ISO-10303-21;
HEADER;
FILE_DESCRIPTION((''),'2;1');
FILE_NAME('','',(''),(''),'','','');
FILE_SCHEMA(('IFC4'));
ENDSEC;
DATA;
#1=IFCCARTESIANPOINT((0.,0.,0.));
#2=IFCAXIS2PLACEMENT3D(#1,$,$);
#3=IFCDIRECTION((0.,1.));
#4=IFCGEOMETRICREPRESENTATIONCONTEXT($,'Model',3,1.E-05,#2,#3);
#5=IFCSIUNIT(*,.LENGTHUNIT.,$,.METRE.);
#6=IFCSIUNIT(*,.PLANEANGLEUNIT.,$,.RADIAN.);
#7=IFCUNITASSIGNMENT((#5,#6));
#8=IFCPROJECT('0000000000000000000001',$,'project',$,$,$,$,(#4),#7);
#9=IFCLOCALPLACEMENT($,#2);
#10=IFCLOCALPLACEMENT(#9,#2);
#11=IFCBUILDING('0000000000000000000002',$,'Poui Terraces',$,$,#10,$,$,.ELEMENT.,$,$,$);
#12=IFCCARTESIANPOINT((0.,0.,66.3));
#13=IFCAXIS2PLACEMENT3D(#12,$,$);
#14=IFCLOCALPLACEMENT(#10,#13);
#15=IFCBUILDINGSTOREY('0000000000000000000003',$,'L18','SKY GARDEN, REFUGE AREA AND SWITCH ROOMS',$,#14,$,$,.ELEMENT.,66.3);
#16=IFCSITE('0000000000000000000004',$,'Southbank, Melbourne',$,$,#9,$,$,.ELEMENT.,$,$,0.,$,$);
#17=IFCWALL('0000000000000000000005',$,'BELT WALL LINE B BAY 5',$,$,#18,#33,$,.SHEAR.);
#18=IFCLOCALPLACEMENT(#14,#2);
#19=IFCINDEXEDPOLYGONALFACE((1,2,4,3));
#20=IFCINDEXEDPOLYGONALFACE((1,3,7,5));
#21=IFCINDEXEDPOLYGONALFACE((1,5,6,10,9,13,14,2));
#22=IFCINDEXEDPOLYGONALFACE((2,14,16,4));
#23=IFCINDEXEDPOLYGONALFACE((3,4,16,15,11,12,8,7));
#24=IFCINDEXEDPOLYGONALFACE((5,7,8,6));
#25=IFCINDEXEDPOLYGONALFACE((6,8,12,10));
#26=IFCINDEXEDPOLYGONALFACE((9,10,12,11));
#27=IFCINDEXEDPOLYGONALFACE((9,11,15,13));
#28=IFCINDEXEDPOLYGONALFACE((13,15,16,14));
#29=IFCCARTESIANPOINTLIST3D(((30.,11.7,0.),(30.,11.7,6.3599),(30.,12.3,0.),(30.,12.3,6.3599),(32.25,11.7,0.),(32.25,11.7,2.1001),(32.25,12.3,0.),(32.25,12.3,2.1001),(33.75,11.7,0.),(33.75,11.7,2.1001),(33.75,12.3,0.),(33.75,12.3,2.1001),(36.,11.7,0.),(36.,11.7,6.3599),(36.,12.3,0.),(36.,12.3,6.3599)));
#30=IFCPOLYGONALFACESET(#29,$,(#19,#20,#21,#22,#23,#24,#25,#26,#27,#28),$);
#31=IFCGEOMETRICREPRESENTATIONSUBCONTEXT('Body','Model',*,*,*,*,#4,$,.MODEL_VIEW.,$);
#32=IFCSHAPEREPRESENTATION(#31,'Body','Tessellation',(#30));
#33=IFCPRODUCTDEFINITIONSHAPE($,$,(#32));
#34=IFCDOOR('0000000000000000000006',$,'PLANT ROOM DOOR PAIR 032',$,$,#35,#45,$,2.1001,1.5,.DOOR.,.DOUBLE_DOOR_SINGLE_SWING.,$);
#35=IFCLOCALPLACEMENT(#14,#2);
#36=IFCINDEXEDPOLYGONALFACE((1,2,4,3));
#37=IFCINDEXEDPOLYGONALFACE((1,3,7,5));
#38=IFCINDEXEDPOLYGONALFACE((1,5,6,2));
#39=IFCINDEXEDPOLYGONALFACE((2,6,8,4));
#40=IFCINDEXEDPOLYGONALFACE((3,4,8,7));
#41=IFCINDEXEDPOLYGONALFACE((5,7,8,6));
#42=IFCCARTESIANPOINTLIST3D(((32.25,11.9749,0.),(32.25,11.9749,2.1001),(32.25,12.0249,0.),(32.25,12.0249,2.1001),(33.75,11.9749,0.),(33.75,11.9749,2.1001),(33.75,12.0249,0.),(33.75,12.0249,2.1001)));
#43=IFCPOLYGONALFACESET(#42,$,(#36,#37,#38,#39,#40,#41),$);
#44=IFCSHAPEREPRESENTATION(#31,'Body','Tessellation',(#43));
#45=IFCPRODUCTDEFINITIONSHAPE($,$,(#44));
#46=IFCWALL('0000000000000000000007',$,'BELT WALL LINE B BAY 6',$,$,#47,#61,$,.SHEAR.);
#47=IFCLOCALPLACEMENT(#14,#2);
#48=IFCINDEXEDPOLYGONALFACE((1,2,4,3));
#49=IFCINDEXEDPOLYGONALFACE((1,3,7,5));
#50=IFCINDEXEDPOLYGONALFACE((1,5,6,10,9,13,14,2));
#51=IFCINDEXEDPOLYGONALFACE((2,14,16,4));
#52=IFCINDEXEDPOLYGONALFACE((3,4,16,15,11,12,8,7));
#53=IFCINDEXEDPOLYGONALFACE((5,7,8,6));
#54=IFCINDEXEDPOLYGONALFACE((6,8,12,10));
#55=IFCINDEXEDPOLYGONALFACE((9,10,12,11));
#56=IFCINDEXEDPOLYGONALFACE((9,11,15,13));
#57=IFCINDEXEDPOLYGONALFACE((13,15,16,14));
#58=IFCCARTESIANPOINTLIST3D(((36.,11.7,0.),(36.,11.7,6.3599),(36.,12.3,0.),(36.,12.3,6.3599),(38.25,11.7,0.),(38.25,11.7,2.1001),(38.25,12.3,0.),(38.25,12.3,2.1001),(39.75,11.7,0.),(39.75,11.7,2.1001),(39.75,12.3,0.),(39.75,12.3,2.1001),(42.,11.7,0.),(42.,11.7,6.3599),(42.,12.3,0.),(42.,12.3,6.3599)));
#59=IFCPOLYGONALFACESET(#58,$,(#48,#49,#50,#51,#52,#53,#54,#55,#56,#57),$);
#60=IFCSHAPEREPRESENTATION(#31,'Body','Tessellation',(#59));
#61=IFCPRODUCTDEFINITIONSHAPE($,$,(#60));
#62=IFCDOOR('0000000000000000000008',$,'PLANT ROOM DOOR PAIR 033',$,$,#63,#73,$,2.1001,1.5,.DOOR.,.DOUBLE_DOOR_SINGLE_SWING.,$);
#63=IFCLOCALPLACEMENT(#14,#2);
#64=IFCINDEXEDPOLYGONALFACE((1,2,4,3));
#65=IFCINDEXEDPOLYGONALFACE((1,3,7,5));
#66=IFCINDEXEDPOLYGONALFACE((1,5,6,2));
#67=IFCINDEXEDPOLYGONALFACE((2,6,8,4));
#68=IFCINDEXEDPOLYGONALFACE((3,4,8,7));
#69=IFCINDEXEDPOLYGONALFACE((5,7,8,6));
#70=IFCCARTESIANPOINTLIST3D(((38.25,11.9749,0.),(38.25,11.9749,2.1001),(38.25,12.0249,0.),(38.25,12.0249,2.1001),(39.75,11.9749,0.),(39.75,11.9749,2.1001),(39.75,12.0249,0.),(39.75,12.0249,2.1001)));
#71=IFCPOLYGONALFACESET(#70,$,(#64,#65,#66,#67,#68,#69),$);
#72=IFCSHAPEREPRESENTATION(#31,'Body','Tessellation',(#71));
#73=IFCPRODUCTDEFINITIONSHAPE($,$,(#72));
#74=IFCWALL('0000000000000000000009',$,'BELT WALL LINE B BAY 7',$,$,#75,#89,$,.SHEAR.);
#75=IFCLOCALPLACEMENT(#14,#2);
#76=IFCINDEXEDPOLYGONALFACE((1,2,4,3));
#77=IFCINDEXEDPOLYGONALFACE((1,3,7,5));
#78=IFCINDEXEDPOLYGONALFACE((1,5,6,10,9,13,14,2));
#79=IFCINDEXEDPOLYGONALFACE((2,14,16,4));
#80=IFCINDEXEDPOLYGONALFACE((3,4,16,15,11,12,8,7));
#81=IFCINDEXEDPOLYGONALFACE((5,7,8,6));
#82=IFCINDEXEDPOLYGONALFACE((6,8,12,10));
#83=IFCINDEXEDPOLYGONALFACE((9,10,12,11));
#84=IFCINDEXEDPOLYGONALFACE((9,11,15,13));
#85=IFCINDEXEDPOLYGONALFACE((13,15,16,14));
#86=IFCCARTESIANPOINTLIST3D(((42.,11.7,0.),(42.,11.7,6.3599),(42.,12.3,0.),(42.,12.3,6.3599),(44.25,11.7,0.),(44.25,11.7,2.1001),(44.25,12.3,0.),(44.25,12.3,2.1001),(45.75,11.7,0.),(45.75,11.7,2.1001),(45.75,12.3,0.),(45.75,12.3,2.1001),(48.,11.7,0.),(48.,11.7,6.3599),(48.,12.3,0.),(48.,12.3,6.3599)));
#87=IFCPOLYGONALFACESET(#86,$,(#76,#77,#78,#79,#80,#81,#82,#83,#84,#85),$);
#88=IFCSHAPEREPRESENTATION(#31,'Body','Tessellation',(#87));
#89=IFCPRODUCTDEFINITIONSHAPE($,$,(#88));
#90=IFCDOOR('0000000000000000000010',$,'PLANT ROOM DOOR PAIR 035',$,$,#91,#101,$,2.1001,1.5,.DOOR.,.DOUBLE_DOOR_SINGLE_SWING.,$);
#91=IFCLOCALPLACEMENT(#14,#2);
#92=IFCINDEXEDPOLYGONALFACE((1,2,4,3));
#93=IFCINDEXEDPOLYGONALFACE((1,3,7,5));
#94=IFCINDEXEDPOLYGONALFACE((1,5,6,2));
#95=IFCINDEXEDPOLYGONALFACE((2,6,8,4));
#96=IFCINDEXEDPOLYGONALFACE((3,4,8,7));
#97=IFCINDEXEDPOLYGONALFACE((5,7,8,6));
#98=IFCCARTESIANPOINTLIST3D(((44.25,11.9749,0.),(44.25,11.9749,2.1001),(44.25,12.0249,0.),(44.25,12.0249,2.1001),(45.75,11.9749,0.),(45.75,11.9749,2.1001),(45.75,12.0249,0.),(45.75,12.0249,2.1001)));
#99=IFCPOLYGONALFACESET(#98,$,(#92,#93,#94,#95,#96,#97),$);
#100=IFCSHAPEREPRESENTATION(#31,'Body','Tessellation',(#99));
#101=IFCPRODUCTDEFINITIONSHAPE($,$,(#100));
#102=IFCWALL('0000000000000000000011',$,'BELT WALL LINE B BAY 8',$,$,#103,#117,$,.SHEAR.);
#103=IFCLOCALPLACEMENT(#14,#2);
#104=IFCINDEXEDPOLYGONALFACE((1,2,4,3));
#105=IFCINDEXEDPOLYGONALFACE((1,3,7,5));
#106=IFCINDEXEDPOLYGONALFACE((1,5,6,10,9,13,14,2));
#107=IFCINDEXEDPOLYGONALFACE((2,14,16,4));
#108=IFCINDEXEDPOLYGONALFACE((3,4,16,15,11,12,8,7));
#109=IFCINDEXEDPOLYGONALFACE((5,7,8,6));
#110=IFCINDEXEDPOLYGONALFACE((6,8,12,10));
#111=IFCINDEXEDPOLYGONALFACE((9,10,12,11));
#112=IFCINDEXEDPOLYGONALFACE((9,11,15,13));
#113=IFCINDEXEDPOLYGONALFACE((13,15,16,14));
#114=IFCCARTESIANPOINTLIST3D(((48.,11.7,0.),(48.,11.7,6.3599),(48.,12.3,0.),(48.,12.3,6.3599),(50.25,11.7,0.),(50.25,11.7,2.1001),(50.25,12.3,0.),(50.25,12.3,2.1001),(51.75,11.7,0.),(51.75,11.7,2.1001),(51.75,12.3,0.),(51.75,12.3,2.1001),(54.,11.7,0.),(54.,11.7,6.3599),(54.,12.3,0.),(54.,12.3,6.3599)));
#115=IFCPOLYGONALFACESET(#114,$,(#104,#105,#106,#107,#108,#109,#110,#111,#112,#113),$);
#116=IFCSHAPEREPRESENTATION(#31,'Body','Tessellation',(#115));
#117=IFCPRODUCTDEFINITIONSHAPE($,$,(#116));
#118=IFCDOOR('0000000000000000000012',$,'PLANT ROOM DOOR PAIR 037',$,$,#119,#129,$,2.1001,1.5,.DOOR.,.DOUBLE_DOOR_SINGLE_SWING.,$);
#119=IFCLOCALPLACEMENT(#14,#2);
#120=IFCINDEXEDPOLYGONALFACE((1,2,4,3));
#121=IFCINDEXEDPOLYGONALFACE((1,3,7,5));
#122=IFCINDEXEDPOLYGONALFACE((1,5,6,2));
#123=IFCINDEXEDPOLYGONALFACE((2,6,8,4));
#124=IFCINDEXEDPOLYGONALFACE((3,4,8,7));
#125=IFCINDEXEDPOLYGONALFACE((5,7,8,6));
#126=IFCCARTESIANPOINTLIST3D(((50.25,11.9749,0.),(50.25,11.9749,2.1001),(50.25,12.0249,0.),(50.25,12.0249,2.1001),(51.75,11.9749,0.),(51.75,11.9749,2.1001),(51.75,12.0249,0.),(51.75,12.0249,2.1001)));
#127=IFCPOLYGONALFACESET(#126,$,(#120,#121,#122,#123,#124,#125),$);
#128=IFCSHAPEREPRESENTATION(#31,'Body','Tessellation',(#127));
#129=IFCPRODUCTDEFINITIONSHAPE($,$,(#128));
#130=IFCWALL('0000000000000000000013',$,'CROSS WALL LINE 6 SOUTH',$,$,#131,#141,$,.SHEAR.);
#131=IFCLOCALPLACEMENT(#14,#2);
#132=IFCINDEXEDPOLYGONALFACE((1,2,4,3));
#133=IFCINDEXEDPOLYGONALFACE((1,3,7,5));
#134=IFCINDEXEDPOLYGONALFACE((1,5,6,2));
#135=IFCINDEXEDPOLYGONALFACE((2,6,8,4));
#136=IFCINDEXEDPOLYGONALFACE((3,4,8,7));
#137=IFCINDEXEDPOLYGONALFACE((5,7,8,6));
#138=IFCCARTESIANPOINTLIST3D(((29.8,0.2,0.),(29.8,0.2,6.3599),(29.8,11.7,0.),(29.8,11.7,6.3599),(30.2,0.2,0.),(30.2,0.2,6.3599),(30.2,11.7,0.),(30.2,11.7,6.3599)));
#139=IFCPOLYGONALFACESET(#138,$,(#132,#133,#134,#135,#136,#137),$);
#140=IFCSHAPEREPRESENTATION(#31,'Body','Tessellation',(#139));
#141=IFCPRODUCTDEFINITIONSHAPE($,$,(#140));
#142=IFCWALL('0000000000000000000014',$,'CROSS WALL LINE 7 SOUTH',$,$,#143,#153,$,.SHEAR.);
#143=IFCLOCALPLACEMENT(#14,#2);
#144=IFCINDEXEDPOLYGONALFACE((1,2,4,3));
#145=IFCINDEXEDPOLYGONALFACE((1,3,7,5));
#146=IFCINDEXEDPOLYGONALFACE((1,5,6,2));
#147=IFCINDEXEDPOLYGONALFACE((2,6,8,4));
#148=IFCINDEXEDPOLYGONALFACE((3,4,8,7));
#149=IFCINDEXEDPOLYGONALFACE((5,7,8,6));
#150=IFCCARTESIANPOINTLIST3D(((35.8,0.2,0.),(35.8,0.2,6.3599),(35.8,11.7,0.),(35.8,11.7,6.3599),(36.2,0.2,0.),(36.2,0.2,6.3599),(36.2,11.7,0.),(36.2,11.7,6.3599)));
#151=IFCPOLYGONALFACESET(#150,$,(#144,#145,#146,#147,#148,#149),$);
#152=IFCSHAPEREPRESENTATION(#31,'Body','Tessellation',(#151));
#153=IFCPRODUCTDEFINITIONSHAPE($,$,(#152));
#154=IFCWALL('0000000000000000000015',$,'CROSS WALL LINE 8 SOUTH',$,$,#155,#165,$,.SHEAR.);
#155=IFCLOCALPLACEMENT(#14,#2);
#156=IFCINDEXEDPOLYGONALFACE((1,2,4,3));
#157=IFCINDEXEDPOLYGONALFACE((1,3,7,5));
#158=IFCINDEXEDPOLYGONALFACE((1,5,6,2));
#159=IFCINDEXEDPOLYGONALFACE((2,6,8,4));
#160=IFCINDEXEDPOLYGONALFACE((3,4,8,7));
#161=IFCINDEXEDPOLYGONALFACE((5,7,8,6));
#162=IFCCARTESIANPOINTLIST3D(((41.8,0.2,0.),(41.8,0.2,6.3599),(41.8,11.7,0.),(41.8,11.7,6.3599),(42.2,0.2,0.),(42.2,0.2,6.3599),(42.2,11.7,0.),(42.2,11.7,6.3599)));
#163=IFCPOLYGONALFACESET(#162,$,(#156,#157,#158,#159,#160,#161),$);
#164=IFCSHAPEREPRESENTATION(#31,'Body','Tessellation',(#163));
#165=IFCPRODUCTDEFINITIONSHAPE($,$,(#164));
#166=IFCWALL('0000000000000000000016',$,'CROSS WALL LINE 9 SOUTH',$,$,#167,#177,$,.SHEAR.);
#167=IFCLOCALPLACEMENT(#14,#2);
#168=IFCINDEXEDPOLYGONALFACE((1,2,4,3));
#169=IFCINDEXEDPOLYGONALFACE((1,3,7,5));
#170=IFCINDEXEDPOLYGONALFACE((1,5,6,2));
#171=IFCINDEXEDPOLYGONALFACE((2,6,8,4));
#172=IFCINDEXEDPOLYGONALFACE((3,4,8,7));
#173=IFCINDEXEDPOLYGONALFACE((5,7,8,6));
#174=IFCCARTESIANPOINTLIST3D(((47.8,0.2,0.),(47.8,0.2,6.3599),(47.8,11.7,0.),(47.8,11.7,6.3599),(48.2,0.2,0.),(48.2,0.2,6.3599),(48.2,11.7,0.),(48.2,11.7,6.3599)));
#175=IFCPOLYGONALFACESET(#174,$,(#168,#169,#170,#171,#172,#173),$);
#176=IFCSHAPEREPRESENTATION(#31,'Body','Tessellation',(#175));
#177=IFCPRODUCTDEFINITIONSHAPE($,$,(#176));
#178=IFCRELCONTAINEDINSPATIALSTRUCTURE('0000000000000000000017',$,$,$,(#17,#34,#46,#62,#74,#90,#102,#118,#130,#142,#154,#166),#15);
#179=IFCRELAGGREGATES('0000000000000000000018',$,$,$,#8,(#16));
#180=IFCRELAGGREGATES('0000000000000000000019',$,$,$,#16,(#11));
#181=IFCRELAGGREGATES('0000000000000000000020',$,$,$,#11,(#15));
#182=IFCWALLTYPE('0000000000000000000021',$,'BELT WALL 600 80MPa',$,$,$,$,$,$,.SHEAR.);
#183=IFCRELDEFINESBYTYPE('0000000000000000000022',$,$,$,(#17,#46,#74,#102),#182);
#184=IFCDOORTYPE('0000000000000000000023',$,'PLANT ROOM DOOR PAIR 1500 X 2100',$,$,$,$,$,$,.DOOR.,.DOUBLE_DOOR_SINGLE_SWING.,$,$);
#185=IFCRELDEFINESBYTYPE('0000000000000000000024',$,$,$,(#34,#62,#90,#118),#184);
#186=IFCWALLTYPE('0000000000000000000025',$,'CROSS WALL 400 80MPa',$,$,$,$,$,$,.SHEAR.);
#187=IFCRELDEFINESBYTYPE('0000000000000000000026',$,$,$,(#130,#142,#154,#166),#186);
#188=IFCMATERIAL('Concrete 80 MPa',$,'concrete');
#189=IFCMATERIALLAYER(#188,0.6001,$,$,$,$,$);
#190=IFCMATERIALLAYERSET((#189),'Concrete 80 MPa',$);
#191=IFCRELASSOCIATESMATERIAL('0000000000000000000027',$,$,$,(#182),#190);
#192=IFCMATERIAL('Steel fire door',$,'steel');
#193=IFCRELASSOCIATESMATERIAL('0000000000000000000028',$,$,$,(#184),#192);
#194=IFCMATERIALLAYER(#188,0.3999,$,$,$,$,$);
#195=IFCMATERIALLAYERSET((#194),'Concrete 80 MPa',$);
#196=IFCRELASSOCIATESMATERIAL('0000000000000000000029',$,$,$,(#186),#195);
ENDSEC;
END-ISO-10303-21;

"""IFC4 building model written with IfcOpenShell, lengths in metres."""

from ifc_helpers import new_model, si_unit, direction, frame, frame_2d, origin, place, context, subcontext, project, spatial, rectangle, extrude, material, layer, layer_set, type_object, element, fill, save


model = new_model("IFC4")

# Units and contexts
model_context = context("Model", 3, precision=1e-05, world=origin(), true_north=direction((0.0, 1.0)))
body_context = subcontext(model_context, "Body", "Model", "MODEL_VIEW")
ifc_project = project(units=[si_unit("LENGTHUNIT", "METRE"), si_unit("PLANEANGLEUNIT", "RADIAN")], contexts=[model_context])

# Site, building, storey
site_placement = place(None, origin())
site = spatial("IfcSite", under=ifc_project, at=site_placement, Name="Southbank, Melbourne", CompositionType="ELEMENT", RefElevation=0.0)
building_placement = place(site_placement, origin())
building = spatial("IfcBuilding", under=site, at=building_placement, Name="Poui Terraces", CompositionType="ELEMENT")
storey_placement = place(building_placement, frame((0.0, 0.0, 66.3)))
storey = spatial("IfcBuildingStorey", under=building, at=storey_placement, Name="L18", Description="SKY GARDEN, REFUGE AREA AND SWITCH ROOMS", CompositionType="ELEMENT", Elevation=66.3)

# Walls, openings, doors
ifc_material_1 = material(Name="Concrete 80 MPa", Category="concrete")
ifc_layer_1 = layer(ifc_material_1, 0.6001)
ifc_layer_set_1 = layer_set([ifc_layer_1], Name="Concrete 80 MPa")
wall_type_1 = type_object("IfcWallType", Name="BELT WALL 600 80MPa", PredefinedType="SHEAR", material=ifc_layer_set_1)
wall_1_placement = place(storey_placement, frame((30.0, 12.0, 0.0), z_axis=(0.0, 0.0, 1.0), x_axis=(1.0, 0.0, 0.0)))
wall_1 = element("IfcWall", 1, at=wall_1_placement, inside=storey, type_object=wall_type_1, Name="BELT WALL LINE B BAY 5", PredefinedType="SHEAR", context=body_context, shape_type="SweptSolid", body=[
    extrude(rectangle(XDim=6.0, YDim=0.6001, at=frame_2d((3.0, 0.0))), origin(), (0.0, 0.0, 1.0), 6.3599),
])
opening_1_placement = place(wall_1_placement, frame((2.25, 0.0, 0.0)))
opening_1 = element("IfcOpeningElement", 2, at=opening_1_placement, cuts=wall_1, PredefinedType="OPENING", context=body_context, shape_type="SweptSolid", body=[
    extrude(rectangle(XDim=1.5, YDim=2.1001, at=frame_2d((0.75, 1.05))), frame((0.0, 0.3101, 0.0), z_axis=(0.0, -1.0, 0.0), x_axis=(1.0, 0.0, 0.0)), (0.0, 0.0, 1.0), 0.6201),
])
ifc_material_2 = material(Name="Steel fire door", Category="steel")
door_type_1 = type_object("IfcDoorType", Name="PLANT ROOM DOOR PAIR 1500 X 2100", OperationType="DOUBLE_DOOR_SINGLE_SWING", PredefinedType="DOOR", material=ifc_material_2)
door_1_placement = place(opening_1_placement, origin())
door_1 = element("IfcDoor", 3, at=door_1_placement, inside=storey, type_object=door_type_1, Name="PLANT ROOM DOOR PAIR 032", OperationType="DOUBLE_DOOR_SINGLE_SWING", OverallHeight=2.1001, OverallWidth=1.5, PredefinedType="DOOR", context=body_context, shape_type="SweptSolid", body=[
    extrude(rectangle(XDim=1.5, YDim=2.1001, at=frame_2d((0.75, 1.05))), frame((0.0, 0.0249, 0.0), z_axis=(0.0, -1.0, 0.0), x_axis=(1.0, 0.0, 0.0)), (0.0, 0.0, 1.0), 0.05),
])
fill(opening_1, door_1)
wall_2_placement = place(storey_placement, frame((36.0, 12.0, 0.0), z_axis=(0.0, 0.0, 1.0), x_axis=(1.0, 0.0, 0.0)))
wall_2 = element("IfcWall", 4, at=wall_2_placement, inside=storey, type_object=wall_type_1, Name="BELT WALL LINE B BAY 6", PredefinedType="SHEAR", context=body_context, shape_type="SweptSolid", body=[
    extrude(rectangle(XDim=6.0, YDim=0.6001, at=frame_2d((3.0, 0.0))), origin(), (0.0, 0.0, 1.0), 6.3599),
])
opening_2_placement = place(wall_2_placement, frame((2.25, 0.0, 0.0)))
opening_2 = element("IfcOpeningElement", 5, at=opening_2_placement, cuts=wall_2, PredefinedType="OPENING", context=body_context, shape_type="SweptSolid", body=[
    extrude(rectangle(XDim=1.5, YDim=2.1001, at=frame_2d((0.75, 1.05))), frame((0.0, 0.3101, 0.0), z_axis=(0.0, -1.0, 0.0), x_axis=(1.0, 0.0, 0.0)), (0.0, 0.0, 1.0), 0.6201),
])
door_2_placement = place(opening_2_placement, origin())
door_2 = element("IfcDoor", 6, at=door_2_placement, inside=storey, type_object=door_type_1, Name="PLANT ROOM DOOR PAIR 033", OperationType="DOUBLE_DOOR_SINGLE_SWING", OverallHeight=2.1001, OverallWidth=1.5, PredefinedType="DOOR", context=body_context, shape_type="SweptSolid", body=[
    extrude(rectangle(XDim=1.5, YDim=2.1001, at=frame_2d((0.75, 1.05))), frame((0.0, 0.0249, 0.0), z_axis=(0.0, -1.0, 0.0), x_axis=(1.0, 0.0, 0.0)), (0.0, 0.0, 1.0), 0.05),
])
fill(opening_2, door_2)
wall_3_placement = place(storey_placement, frame((42.0, 12.0, 0.0), z_axis=(0.0, 0.0, 1.0), x_axis=(1.0, 0.0, 0.0)))
wall_3 = element("IfcWall", 7, at=wall_3_placement, inside=storey, type_object=wall_type_1, Name="BELT WALL LINE B BAY 7", PredefinedType="SHEAR", context=body_context, shape_type="SweptSolid", body=[
    extrude(rectangle(XDim=6.0, YDim=0.6001, at=frame_2d((3.0, 0.0))), origin(), (0.0, 0.0, 1.0), 6.3599),
])
opening_3_placement = place(wall_3_placement, frame((2.25, 0.0, 0.0)))
opening_3 = element("IfcOpeningElement", 8, at=opening_3_placement, cuts=wall_3, PredefinedType="OPENING", context=body_context, shape_type="SweptSolid", body=[
    extrude(rectangle(XDim=1.5, YDim=2.1001, at=frame_2d((0.75, 1.05))), frame((0.0, 0.3101, 0.0), z_axis=(0.0, -1.0, 0.0), x_axis=(1.0, 0.0, 0.0)), (0.0, 0.0, 1.0), 0.6201),
])
door_3_placement = place(opening_3_placement, origin())
door_3 = element("IfcDoor", 9, at=door_3_placement, inside=storey, type_object=door_type_1, Name="PLANT ROOM DOOR PAIR 035", OperationType="DOUBLE_DOOR_SINGLE_SWING", OverallHeight=2.1001, OverallWidth=1.5, PredefinedType="DOOR", context=body_context, shape_type="SweptSolid", body=[
    extrude(rectangle(XDim=1.5, YDim=2.1001, at=frame_2d((0.75, 1.05))), frame((0.0, 0.0249, 0.0), z_axis=(0.0, -1.0, 0.0), x_axis=(1.0, 0.0, 0.0)), (0.0, 0.0, 1.0), 0.05),
])
fill(opening_3, door_3)
wall_4_placement = place(storey_placement, frame((48.0, 12.0, 0.0), z_axis=(0.0, 0.0, 1.0), x_axis=(1.0, 0.0, 0.0)))
wall_4 = element("IfcWall", 10, at=wall_4_placement, inside=storey, type_object=wall_type_1, Name="BELT WALL LINE B BAY 8", PredefinedType="SHEAR", context=body_context, shape_type="SweptSolid", body=[
    extrude(rectangle(XDim=6.0, YDim=0.6001, at=frame_2d((3.0, 0.0))), origin(), (0.0, 0.0, 1.0), 6.3599),
])
opening_4_placement = place(wall_4_placement, frame((2.25, 0.0, 0.0)))
opening_4 = element("IfcOpeningElement", 11, at=opening_4_placement, cuts=wall_4, PredefinedType="OPENING", context=body_context, shape_type="SweptSolid", body=[
    extrude(rectangle(XDim=1.5, YDim=2.1001, at=frame_2d((0.75, 1.05))), frame((0.0, 0.3101, 0.0), z_axis=(0.0, -1.0, 0.0), x_axis=(1.0, 0.0, 0.0)), (0.0, 0.0, 1.0), 0.6201),
])
door_4_placement = place(opening_4_placement, origin())
door_4 = element("IfcDoor", 12, at=door_4_placement, inside=storey, type_object=door_type_1, Name="PLANT ROOM DOOR PAIR 037", OperationType="DOUBLE_DOOR_SINGLE_SWING", OverallHeight=2.1001, OverallWidth=1.5, PredefinedType="DOOR", context=body_context, shape_type="SweptSolid", body=[
    extrude(rectangle(XDim=1.5, YDim=2.1001, at=frame_2d((0.75, 1.05))), frame((0.0, 0.0249, 0.0), z_axis=(0.0, -1.0, 0.0), x_axis=(1.0, 0.0, 0.0)), (0.0, 0.0, 1.0), 0.05),
])
fill(opening_4, door_4)

# Walls
ifc_layer_2 = layer(ifc_material_1, 0.3999)
ifc_layer_set_2 = layer_set([ifc_layer_2], Name="Concrete 80 MPa")
wall_type_2 = type_object("IfcWallType", Name="CROSS WALL 400 80MPa", PredefinedType="SHEAR", material=ifc_layer_set_2)
for number, where, z_axis, x_axis, name in (
    (13, (30.0, 0.2, 0.0), (0.0, 0.0, 1.0), (0.0, 1.0, 0.0), "CROSS WALL LINE 6 SOUTH"),
    (14, (36.0, 0.2, 0.0), (0.0, 0.0, 1.0), (0.0, 1.0, 0.0), "CROSS WALL LINE 7 SOUTH"),
    (15, (42.0, 0.2, 0.0), (0.0, 0.0, 1.0), (0.0, 1.0, 0.0), "CROSS WALL LINE 8 SOUTH"),
    (16, (48.0, 0.2, 0.0), (0.0, 0.0, 1.0), (0.0, 1.0, 0.0), "CROSS WALL LINE 9 SOUTH"),
):
    element("IfcWall", number, at=place(storey_placement, frame(where, z_axis=z_axis, x_axis=x_axis)), inside=storey, type_object=wall_type_2, Name=name, PredefinedType="SHEAR", context=body_context, shape_type="SweptSolid", body=[
        extrude(rectangle(XDim=11.5, YDim=0.3999, at=frame_2d((5.75, 0.0))), origin(), (0.0, 0.0, 1.0), 6.3599),
    ])

save(model, "model.ifc")
